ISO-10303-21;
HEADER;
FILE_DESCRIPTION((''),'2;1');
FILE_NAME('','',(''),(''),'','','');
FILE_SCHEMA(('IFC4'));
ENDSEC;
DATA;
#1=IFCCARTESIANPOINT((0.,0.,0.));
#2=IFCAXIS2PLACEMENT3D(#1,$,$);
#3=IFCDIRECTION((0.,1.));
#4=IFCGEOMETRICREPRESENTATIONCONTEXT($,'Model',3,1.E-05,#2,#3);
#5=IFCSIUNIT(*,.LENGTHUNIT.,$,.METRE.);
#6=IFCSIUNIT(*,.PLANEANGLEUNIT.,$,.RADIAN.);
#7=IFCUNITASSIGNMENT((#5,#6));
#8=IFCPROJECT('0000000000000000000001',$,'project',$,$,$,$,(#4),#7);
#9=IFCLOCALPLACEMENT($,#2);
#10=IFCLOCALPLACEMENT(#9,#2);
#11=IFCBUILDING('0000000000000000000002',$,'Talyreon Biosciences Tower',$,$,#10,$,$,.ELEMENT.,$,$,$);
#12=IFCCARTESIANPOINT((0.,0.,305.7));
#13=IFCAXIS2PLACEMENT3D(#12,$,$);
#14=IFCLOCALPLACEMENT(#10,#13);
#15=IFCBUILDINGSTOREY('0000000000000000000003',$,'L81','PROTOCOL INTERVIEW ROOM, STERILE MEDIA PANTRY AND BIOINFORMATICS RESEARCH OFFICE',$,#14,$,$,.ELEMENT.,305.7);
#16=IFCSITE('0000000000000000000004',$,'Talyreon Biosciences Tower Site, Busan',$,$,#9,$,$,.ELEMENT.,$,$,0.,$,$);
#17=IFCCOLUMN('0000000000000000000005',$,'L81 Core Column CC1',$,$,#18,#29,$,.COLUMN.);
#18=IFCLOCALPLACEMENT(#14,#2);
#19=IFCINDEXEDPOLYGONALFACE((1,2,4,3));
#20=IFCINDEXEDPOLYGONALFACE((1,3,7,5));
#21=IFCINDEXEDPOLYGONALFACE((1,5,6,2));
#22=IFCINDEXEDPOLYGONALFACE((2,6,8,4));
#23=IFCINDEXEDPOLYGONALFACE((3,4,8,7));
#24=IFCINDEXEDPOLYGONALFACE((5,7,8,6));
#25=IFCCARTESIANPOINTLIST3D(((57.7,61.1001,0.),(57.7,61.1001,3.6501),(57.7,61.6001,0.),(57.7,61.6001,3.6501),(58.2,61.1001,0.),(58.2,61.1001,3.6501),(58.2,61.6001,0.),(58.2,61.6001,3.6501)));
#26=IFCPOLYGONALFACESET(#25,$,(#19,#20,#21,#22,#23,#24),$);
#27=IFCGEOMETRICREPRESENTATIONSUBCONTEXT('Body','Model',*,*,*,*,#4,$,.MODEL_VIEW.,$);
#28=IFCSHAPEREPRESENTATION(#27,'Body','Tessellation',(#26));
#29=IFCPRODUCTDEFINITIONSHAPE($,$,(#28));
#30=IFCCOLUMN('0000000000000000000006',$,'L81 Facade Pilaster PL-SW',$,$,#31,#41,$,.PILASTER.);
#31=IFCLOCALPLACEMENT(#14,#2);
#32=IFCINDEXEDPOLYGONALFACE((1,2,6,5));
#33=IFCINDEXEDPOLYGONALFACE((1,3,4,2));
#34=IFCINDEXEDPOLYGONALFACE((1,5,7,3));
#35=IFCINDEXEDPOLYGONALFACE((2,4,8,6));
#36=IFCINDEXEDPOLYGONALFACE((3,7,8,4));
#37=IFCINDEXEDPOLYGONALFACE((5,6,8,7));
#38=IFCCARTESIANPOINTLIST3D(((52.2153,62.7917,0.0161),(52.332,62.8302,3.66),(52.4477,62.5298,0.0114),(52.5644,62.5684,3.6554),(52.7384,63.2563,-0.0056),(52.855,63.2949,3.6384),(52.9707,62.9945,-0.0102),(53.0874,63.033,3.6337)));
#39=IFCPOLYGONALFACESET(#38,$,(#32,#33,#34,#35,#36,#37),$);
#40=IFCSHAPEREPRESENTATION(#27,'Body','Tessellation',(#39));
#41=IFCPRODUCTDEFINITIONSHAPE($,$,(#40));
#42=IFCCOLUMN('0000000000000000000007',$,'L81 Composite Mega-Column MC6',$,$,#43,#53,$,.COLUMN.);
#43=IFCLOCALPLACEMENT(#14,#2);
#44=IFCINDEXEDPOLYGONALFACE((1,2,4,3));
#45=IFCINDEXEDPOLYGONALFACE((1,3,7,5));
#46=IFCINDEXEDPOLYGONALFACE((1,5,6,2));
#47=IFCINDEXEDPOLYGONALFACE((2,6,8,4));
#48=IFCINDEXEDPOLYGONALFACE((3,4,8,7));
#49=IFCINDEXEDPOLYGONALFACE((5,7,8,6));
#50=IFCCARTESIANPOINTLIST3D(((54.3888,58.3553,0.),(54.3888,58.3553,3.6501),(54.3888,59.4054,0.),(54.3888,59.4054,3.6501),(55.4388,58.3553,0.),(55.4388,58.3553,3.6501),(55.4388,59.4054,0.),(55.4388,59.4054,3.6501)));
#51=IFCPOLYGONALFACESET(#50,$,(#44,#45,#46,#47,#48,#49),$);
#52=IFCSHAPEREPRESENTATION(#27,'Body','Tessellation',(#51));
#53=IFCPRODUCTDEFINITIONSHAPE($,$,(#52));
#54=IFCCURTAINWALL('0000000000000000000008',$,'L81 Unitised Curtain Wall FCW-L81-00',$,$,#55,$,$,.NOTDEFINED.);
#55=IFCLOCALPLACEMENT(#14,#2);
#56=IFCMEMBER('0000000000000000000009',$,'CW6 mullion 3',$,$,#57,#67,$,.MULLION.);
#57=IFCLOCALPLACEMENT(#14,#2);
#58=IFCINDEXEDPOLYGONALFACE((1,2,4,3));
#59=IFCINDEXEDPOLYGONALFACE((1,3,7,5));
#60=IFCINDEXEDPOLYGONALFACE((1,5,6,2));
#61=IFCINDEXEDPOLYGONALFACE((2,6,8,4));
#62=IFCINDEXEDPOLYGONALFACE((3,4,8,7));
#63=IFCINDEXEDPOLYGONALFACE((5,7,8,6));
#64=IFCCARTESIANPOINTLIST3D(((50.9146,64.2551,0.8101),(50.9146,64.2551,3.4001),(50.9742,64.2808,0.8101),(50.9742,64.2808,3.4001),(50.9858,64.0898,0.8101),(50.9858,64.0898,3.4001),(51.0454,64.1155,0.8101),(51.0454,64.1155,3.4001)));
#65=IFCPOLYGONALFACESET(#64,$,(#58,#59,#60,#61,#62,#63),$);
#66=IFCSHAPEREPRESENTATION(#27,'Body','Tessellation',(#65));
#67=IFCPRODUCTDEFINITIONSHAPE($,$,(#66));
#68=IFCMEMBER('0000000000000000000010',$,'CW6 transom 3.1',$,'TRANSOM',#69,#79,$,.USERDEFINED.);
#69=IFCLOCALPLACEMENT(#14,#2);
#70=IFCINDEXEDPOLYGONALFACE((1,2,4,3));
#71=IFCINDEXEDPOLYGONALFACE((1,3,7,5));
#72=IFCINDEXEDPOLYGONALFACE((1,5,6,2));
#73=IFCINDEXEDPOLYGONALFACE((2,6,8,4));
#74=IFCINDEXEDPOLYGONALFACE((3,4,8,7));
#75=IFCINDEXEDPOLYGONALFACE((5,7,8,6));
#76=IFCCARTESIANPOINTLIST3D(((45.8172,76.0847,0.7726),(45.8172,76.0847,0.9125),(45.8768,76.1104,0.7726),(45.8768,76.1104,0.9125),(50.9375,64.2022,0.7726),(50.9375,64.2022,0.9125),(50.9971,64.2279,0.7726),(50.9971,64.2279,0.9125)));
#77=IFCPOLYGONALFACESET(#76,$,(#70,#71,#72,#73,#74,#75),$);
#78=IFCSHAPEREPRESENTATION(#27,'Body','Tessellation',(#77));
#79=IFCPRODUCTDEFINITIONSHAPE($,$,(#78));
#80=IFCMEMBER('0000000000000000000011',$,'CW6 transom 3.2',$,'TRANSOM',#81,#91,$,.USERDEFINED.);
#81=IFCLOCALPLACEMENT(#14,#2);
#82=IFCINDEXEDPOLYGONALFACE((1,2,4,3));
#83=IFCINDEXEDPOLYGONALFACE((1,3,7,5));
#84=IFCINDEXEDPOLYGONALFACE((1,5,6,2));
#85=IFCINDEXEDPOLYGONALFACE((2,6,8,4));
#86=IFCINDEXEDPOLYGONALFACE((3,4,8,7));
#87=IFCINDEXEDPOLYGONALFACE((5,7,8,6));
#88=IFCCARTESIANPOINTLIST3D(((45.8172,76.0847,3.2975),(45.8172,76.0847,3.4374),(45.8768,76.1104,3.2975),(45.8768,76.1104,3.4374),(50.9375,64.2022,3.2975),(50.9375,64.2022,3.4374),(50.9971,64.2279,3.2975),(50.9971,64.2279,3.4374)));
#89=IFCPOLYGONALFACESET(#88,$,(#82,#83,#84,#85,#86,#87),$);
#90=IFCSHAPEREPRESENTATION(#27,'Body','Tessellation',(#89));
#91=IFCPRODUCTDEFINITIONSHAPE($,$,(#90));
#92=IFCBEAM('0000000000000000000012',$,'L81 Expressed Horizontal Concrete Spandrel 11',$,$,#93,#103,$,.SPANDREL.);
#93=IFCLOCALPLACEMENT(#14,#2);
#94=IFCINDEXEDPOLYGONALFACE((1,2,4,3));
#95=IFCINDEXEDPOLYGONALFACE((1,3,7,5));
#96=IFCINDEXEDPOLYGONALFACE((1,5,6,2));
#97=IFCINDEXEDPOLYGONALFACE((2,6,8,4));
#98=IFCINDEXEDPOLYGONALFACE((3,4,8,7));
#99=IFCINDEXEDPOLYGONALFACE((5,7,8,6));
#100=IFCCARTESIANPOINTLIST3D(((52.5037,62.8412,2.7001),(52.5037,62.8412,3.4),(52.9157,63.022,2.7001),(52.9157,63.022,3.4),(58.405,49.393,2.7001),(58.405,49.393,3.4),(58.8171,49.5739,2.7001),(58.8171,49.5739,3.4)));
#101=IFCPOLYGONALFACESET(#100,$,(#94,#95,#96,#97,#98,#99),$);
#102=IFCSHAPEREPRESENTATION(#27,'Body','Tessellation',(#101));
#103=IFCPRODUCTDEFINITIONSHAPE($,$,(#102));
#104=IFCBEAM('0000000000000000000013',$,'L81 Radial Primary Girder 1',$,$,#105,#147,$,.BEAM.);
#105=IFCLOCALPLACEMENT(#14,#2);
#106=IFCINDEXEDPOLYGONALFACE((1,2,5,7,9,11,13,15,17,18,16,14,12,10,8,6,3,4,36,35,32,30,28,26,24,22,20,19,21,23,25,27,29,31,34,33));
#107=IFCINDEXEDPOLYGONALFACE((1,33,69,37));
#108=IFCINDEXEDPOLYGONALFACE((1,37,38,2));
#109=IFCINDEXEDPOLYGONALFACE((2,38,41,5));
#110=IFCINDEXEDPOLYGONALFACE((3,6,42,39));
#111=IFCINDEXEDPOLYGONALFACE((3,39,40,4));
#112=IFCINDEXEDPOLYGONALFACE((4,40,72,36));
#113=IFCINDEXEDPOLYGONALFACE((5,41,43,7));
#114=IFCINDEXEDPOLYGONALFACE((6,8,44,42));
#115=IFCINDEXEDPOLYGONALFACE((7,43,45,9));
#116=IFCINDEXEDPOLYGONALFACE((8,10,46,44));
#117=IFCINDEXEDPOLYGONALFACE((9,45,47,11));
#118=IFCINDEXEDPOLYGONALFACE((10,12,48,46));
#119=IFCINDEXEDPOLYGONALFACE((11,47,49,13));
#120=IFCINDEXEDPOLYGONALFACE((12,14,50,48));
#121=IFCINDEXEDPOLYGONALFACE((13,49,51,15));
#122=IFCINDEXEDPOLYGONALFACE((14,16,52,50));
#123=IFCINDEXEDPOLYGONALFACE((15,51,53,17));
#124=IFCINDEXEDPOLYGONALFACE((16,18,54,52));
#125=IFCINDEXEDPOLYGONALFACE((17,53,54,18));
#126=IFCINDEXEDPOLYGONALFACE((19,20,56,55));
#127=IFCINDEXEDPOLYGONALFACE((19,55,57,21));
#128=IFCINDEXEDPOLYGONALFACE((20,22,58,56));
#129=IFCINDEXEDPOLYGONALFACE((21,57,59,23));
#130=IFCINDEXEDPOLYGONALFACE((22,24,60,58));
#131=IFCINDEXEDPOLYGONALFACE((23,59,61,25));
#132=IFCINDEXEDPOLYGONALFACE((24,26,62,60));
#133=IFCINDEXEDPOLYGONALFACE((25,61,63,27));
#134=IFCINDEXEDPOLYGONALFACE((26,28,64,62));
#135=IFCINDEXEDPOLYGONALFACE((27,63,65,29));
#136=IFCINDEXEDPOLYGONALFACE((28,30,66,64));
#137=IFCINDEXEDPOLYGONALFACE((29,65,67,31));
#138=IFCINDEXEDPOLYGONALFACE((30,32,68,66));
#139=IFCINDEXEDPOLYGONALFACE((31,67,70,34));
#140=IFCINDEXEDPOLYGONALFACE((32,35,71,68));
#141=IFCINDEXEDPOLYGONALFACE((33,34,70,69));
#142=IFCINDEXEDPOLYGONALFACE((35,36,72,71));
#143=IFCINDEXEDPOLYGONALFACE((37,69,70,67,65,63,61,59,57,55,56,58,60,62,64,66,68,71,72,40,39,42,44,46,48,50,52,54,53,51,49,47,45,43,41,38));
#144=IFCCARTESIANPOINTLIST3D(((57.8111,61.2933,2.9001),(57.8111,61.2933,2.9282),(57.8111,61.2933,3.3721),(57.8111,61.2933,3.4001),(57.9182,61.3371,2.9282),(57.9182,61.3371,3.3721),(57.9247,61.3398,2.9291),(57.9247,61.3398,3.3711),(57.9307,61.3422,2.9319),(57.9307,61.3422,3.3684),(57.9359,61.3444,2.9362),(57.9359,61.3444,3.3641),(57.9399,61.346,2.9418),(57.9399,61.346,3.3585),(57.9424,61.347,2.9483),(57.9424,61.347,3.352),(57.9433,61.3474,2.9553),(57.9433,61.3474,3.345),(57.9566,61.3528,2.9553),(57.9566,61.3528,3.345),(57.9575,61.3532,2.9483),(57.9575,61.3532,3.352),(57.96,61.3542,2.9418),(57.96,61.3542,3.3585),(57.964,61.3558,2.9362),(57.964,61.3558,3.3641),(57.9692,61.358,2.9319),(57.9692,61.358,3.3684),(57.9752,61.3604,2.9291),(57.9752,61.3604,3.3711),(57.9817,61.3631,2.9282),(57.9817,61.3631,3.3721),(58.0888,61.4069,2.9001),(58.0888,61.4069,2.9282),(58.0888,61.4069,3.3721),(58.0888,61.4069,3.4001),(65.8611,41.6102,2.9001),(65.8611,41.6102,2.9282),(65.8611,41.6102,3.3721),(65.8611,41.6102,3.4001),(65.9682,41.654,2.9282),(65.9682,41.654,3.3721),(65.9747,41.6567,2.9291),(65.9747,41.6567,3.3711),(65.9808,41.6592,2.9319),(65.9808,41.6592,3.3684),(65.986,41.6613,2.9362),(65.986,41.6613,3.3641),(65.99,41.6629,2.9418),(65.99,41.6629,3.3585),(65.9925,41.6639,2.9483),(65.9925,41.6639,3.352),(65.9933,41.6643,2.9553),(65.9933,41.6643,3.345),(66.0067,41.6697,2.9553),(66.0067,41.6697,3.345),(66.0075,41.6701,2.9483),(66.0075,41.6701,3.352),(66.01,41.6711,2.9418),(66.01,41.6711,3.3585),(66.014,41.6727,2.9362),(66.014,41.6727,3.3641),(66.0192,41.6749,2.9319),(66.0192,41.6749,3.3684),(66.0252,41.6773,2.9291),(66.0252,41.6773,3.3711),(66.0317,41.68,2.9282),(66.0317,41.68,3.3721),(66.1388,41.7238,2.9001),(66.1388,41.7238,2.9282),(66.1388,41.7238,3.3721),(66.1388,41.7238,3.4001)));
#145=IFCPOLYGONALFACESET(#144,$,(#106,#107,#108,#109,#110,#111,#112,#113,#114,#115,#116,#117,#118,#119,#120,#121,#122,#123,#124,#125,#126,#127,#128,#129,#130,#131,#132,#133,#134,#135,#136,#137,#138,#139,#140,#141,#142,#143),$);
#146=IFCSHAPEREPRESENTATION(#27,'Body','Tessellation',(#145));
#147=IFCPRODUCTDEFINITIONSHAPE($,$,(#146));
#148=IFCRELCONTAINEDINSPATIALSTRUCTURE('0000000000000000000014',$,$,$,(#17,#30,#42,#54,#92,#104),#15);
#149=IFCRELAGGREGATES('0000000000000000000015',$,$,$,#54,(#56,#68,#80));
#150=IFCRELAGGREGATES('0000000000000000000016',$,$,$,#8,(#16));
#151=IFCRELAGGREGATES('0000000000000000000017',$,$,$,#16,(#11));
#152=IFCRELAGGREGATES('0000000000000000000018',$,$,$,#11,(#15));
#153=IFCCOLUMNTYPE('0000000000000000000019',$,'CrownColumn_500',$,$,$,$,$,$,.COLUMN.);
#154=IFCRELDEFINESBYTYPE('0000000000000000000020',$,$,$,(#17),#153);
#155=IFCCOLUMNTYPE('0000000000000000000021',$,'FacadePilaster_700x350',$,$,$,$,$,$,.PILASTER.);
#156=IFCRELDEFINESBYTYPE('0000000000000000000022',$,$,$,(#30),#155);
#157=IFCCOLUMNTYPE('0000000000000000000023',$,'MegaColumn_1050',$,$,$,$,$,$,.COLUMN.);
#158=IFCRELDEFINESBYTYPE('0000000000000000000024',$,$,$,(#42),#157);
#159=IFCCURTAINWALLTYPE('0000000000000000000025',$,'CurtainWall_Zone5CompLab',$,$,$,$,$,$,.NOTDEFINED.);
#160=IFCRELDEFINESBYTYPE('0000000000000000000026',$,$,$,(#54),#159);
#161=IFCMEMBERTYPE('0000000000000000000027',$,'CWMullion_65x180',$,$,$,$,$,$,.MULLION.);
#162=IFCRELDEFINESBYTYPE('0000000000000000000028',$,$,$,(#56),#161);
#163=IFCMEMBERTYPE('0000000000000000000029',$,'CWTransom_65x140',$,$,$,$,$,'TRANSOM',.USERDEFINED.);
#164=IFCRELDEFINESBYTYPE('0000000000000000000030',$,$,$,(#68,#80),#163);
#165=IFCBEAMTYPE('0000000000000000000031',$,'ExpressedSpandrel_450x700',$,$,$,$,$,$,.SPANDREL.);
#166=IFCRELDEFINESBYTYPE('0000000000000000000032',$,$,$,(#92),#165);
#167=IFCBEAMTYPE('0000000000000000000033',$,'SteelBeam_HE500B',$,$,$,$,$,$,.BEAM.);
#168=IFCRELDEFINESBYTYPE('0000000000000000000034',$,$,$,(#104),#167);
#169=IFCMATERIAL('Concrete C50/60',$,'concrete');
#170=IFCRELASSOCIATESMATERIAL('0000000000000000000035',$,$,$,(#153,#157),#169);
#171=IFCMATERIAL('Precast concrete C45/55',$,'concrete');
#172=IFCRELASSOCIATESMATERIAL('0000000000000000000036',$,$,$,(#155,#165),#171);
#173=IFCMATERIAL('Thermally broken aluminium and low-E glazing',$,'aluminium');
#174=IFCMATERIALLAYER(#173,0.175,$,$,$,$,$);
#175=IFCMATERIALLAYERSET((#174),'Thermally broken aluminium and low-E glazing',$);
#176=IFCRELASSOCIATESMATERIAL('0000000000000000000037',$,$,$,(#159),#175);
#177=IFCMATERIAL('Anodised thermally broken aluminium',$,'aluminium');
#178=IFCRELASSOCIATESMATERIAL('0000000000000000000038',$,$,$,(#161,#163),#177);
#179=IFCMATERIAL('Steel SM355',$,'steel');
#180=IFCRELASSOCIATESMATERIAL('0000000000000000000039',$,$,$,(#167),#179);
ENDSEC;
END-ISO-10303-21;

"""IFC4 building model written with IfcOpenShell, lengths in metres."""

from ifc_helpers import new_model, si_unit, direction, frame, origin, origin_2d, place, context, subcontext, project, spatial, rectangle, i_section, extrude, material, layer, layer_set, material_profile, profile_set, type_object, element, aggregate, save


model = new_model("IFC4")

# Units and contexts
model_context = context("Model", 3, precision=1e-05, world=origin(), true_north=direction((0.0, 1.0)))
body_context = subcontext(model_context, "Body", "Model", "MODEL_VIEW")
ifc_project = project(units=[si_unit("LENGTHUNIT", "METRE"), si_unit("PLANEANGLEUNIT", "RADIAN")], contexts=[model_context])

# Site, building, storey
site_placement = place(None, origin())
site = spatial("IfcSite", under=ifc_project, at=site_placement, Name="Talyreon Biosciences Tower Site, Busan", CompositionType="ELEMENT", RefElevation=0.0)
building_placement = place(site_placement, origin())
building = spatial("IfcBuilding", under=site, at=building_placement, Name="Talyreon Biosciences Tower", CompositionType="ELEMENT")
storey_placement = place(building_placement, frame((0.0, 0.0, 305.7)))
storey = spatial("IfcBuildingStorey", under=building, at=storey_placement, Name="L81", Description="PROTOCOL INTERVIEW ROOM, STERILE MEDIA PANTRY AND BIOINFORMATICS RESEARCH OFFICE", CompositionType="ELEMENT", Elevation=305.7)

# Columns
ifc_material_1 = material(Name="Concrete C50/60", Category="concrete")
ifc_material_profile_1 = material_profile(ifc_material_1, rectangle(XDim=0.5, YDim=0.5, at=origin_2d()), Name="RC 500x500")
ifc_profile_set_1 = profile_set([ifc_material_profile_1], Name="Concrete C50/60")
column_type_1 = type_object("IfcColumnType", Name="CrownColumn_500", PredefinedType="COLUMN", material=ifc_profile_set_1)
column_1_placement = place(storey_placement, frame((57.95, 61.3501, 0.0), z_axis=(0.0, 0.0, 1.0), x_axis=(1.0, 0.0, 0.0)))
element("IfcColumn", 1, at=column_1_placement, inside=storey, type_object=column_type_1, Name="L81 Core Column CC1", PredefinedType="COLUMN", context=body_context, shape_type="SweptSolid", body=[
    extrude(rectangle(XDim=0.5, YDim=0.5, at=origin_2d()), origin(), (0.0, 0.0, 1.0), 3.6501),
])
ifc_material_2 = material(Name="Precast concrete C45/55", Category="concrete")
ifc_material_profile_2 = material_profile(ifc_material_2, rectangle(XDim=0.7, YDim=0.3501, at=origin_2d()), Name="RC 700x350")
ifc_profile_set_2 = profile_set([ifc_material_profile_2], Name="Precast concrete C45/55")
column_type_2 = type_object("IfcColumnType", Name="FacadePilaster_700x350", PredefinedType="PILASTER", material=ifc_profile_set_2)
column_2_placement = place(storey_placement, frame((52.593, 62.8931, 0.0029), z_axis=(0.032006, 0.01058, 0.999432), x_axis=(0.747268, 0.663801, -0.030958)))
element("IfcColumn", 2, at=column_2_placement, inside=storey, type_object=column_type_2, Name="L81 Facade Pilaster PL-SW", PredefinedType="PILASTER", context=body_context, shape_type="SweptSolid", body=[
    extrude(rectangle(XDim=0.7, YDim=0.3501, at=origin_2d()), origin(), (0.0, 0.0, 1.0), 3.646),
])
ifc_material_profile_3 = material_profile(ifc_material_1, rectangle(XDim=1.05, YDim=1.05, at=origin_2d()), Name="RC 1050x1050")
ifc_profile_set_3 = profile_set([ifc_material_profile_3], Name="Concrete C50/60")
column_type_3 = type_object("IfcColumnType", Name="MegaColumn_1050", PredefinedType="COLUMN", material=ifc_profile_set_3)
column_3_placement = place(storey_placement, frame((54.9138, 58.8804, 0.0), z_axis=(0.0, 0.0, 1.0), x_axis=(1.0, 0.0, 0.0)))
element("IfcColumn", 3, at=column_3_placement, inside=storey, type_object=column_type_3, Name="L81 Composite Mega-Column MC6", PredefinedType="COLUMN", context=body_context, shape_type="SweptSolid", body=[
    extrude(rectangle(XDim=1.05, YDim=1.05, at=origin_2d()), origin(), (0.0, 0.0, 1.0), 3.6501),
])

# Curtain wall, members
ifc_material_3 = material(Name="Thermally broken aluminium and low-E glazing", Category="aluminium")
ifc_layer_1 = layer(ifc_material_3, 0.175)
ifc_layer_set_1 = layer_set([ifc_layer_1], Name="Thermally broken aluminium and low-E glazing")
curtain_wall_type = type_object("IfcCurtainWallType", Name="CurtainWall_Zone5CompLab", PredefinedType="NOTDEFINED", material=ifc_layer_set_1)
curtain_wall_placement = place(storey_placement, origin())
curtain_wall = element("IfcCurtainWall", 4, at=curtain_wall_placement, inside=storey, type_object=curtain_wall_type, Name="L81 Unitised Curtain Wall FCW-L81-00", PredefinedType="NOTDEFINED")
ifc_material_4 = material(Name="Anodised thermally broken aluminium", Category="aluminium")
ifc_material_profile_4 = material_profile(ifc_material_4, rectangle(XDim=0.0649, YDim=0.1799, at=origin_2d()), Name="ALUM MULLION 65x180")
ifc_profile_set_4 = profile_set([ifc_material_profile_4], Name="Anodised thermally broken aluminium")
member_type_1 = type_object("IfcMemberType", Name="CWMullion_65x180", PredefinedType="MULLION", material=ifc_profile_set_4)
member_1_placement = place(storey_placement, frame((50.98, 64.1853, 0.8101), z_axis=(0.0, 0.0, 1.0), x_axis=(-0.918363, -0.395738, 0.0)))
member_1 = element("IfcMember", 5, at=member_1_placement, type_object=member_type_1, Name="CW6 mullion 3", PredefinedType="MULLION", context=body_context, shape_type="SweptSolid", body=[
    extrude(rectangle(XDim=0.0649, YDim=0.1799, at=origin_2d()), origin(), (0.0, 0.0, 1.0), 2.5901),
])
ifc_material_profile_5 = material_profile(ifc_material_4, rectangle(XDim=0.0649, YDim=0.1399, at=origin_2d()), Name="ALUM TRANSOM 65x140")
ifc_profile_set_5 = profile_set([ifc_material_profile_5], Name="Anodised thermally broken aluminium")
member_type_2 = type_object("IfcMemberType", Name="CWTransom_65x140", ElementType="TRANSOM", PredefinedType="USERDEFINED", material=ifc_profile_set_5)
member_2_placement = place(storey_placement, frame((50.9673, 64.2151, 0.8425), z_axis=(-0.395736, 0.918364, 0.0), x_axis=(-0.918364, -0.395736, 0.0)))
member_2 = element("IfcMember", 6, at=member_2_placement, type_object=member_type_2, Name="CW6 transom 3.1", ObjectType="TRANSOM", PredefinedType="USERDEFINED", context=body_context, shape_type="SweptSolid", body=[
    extrude(rectangle(XDim=0.0649, YDim=0.1399, at=origin_2d()), origin(), (0.0, 0.0, 1.0), 12.9387),
])
member_3_placement = place(storey_placement, frame((50.9673, 64.2151, 3.3674), z_axis=(-0.395736, 0.918364, 0.0), x_axis=(-0.918364, -0.395736, 0.0)))
member_3 = element("IfcMember", 7, at=member_3_placement, type_object=member_type_2, Name="CW6 transom 3.2", ObjectType="TRANSOM", PredefinedType="USERDEFINED", context=body_context, shape_type="SweptSolid", body=[
    extrude(rectangle(XDim=0.0649, YDim=0.1399, at=origin_2d()), origin(), (0.0, 0.0, 1.0), 12.9387),
])
aggregate(curtain_wall, [member_1, member_2, member_3])

# Beams
ifc_material_profile_6 = material_profile(ifc_material_2, rectangle(XDim=0.45, YDim=0.7, at=origin_2d()), Name="RCB 450x700")
ifc_profile_set_6 = profile_set([ifc_material_profile_6], Name="Precast concrete C45/55")
beam_type_1 = type_object("IfcBeamType", Name="ExpressedSpandrel_450x700", PredefinedType="SPANDREL", material=ifc_profile_set_6)
beam_1_placement = place(storey_placement, frame((52.7097, 62.9316, 3.05), z_axis=(0.401834, -0.915713, 0.0), x_axis=(0.915713, 0.401834, 0.0)))
element("IfcBeam", 8, at=beam_1_placement, inside=storey, type_object=beam_type_1, Name="L81 Expressed Horizontal Concrete Spandrel 11", PredefinedType="SPANDREL", context=body_context, shape_type="SweptSolid", body=[
    extrude(rectangle(XDim=0.45, YDim=0.7, at=origin_2d()), origin(), (0.0, 0.0, 1.0), 14.686),
])
ifc_material_5 = material(Name="Steel SM355", Category="steel")
ifc_material_profile_7 = material_profile(ifc_material_5, i_section(OverallWidth=0.3, OverallDepth=0.5, WebThickness=0.0144, FlangeThickness=0.0281, FilletRadius=0.0271, at=origin_2d()), Name="HE500B")
ifc_profile_set_7 = profile_set([ifc_material_profile_7], Name="Steel SM355")
beam_type_2 = type_object("IfcBeamType", Name="SteelBeam_HE500B", PredefinedType="BEAM", material=ifc_profile_set_7)
beam_2_placement = place(storey_placement, frame((57.95, 61.3501, 3.1501), z_axis=(0.378547, -0.925582, 0.0), x_axis=(0.925582, 0.378547, 0.0)))
element("IfcBeam", 9, at=beam_2_placement, inside=storey, type_object=beam_type_2, Name="L81 Radial Primary Girder 1", PredefinedType="BEAM", context=body_context, shape_type="SweptSolid", body=[
    extrude(i_section(OverallWidth=0.3, OverallDepth=0.5, WebThickness=0.0144, FlangeThickness=0.0281, FilletRadius=0.0271, at=origin_2d()), origin(), (0.0, 0.0, 1.0), 21.2656),
])

save(model, "model.ifc")
